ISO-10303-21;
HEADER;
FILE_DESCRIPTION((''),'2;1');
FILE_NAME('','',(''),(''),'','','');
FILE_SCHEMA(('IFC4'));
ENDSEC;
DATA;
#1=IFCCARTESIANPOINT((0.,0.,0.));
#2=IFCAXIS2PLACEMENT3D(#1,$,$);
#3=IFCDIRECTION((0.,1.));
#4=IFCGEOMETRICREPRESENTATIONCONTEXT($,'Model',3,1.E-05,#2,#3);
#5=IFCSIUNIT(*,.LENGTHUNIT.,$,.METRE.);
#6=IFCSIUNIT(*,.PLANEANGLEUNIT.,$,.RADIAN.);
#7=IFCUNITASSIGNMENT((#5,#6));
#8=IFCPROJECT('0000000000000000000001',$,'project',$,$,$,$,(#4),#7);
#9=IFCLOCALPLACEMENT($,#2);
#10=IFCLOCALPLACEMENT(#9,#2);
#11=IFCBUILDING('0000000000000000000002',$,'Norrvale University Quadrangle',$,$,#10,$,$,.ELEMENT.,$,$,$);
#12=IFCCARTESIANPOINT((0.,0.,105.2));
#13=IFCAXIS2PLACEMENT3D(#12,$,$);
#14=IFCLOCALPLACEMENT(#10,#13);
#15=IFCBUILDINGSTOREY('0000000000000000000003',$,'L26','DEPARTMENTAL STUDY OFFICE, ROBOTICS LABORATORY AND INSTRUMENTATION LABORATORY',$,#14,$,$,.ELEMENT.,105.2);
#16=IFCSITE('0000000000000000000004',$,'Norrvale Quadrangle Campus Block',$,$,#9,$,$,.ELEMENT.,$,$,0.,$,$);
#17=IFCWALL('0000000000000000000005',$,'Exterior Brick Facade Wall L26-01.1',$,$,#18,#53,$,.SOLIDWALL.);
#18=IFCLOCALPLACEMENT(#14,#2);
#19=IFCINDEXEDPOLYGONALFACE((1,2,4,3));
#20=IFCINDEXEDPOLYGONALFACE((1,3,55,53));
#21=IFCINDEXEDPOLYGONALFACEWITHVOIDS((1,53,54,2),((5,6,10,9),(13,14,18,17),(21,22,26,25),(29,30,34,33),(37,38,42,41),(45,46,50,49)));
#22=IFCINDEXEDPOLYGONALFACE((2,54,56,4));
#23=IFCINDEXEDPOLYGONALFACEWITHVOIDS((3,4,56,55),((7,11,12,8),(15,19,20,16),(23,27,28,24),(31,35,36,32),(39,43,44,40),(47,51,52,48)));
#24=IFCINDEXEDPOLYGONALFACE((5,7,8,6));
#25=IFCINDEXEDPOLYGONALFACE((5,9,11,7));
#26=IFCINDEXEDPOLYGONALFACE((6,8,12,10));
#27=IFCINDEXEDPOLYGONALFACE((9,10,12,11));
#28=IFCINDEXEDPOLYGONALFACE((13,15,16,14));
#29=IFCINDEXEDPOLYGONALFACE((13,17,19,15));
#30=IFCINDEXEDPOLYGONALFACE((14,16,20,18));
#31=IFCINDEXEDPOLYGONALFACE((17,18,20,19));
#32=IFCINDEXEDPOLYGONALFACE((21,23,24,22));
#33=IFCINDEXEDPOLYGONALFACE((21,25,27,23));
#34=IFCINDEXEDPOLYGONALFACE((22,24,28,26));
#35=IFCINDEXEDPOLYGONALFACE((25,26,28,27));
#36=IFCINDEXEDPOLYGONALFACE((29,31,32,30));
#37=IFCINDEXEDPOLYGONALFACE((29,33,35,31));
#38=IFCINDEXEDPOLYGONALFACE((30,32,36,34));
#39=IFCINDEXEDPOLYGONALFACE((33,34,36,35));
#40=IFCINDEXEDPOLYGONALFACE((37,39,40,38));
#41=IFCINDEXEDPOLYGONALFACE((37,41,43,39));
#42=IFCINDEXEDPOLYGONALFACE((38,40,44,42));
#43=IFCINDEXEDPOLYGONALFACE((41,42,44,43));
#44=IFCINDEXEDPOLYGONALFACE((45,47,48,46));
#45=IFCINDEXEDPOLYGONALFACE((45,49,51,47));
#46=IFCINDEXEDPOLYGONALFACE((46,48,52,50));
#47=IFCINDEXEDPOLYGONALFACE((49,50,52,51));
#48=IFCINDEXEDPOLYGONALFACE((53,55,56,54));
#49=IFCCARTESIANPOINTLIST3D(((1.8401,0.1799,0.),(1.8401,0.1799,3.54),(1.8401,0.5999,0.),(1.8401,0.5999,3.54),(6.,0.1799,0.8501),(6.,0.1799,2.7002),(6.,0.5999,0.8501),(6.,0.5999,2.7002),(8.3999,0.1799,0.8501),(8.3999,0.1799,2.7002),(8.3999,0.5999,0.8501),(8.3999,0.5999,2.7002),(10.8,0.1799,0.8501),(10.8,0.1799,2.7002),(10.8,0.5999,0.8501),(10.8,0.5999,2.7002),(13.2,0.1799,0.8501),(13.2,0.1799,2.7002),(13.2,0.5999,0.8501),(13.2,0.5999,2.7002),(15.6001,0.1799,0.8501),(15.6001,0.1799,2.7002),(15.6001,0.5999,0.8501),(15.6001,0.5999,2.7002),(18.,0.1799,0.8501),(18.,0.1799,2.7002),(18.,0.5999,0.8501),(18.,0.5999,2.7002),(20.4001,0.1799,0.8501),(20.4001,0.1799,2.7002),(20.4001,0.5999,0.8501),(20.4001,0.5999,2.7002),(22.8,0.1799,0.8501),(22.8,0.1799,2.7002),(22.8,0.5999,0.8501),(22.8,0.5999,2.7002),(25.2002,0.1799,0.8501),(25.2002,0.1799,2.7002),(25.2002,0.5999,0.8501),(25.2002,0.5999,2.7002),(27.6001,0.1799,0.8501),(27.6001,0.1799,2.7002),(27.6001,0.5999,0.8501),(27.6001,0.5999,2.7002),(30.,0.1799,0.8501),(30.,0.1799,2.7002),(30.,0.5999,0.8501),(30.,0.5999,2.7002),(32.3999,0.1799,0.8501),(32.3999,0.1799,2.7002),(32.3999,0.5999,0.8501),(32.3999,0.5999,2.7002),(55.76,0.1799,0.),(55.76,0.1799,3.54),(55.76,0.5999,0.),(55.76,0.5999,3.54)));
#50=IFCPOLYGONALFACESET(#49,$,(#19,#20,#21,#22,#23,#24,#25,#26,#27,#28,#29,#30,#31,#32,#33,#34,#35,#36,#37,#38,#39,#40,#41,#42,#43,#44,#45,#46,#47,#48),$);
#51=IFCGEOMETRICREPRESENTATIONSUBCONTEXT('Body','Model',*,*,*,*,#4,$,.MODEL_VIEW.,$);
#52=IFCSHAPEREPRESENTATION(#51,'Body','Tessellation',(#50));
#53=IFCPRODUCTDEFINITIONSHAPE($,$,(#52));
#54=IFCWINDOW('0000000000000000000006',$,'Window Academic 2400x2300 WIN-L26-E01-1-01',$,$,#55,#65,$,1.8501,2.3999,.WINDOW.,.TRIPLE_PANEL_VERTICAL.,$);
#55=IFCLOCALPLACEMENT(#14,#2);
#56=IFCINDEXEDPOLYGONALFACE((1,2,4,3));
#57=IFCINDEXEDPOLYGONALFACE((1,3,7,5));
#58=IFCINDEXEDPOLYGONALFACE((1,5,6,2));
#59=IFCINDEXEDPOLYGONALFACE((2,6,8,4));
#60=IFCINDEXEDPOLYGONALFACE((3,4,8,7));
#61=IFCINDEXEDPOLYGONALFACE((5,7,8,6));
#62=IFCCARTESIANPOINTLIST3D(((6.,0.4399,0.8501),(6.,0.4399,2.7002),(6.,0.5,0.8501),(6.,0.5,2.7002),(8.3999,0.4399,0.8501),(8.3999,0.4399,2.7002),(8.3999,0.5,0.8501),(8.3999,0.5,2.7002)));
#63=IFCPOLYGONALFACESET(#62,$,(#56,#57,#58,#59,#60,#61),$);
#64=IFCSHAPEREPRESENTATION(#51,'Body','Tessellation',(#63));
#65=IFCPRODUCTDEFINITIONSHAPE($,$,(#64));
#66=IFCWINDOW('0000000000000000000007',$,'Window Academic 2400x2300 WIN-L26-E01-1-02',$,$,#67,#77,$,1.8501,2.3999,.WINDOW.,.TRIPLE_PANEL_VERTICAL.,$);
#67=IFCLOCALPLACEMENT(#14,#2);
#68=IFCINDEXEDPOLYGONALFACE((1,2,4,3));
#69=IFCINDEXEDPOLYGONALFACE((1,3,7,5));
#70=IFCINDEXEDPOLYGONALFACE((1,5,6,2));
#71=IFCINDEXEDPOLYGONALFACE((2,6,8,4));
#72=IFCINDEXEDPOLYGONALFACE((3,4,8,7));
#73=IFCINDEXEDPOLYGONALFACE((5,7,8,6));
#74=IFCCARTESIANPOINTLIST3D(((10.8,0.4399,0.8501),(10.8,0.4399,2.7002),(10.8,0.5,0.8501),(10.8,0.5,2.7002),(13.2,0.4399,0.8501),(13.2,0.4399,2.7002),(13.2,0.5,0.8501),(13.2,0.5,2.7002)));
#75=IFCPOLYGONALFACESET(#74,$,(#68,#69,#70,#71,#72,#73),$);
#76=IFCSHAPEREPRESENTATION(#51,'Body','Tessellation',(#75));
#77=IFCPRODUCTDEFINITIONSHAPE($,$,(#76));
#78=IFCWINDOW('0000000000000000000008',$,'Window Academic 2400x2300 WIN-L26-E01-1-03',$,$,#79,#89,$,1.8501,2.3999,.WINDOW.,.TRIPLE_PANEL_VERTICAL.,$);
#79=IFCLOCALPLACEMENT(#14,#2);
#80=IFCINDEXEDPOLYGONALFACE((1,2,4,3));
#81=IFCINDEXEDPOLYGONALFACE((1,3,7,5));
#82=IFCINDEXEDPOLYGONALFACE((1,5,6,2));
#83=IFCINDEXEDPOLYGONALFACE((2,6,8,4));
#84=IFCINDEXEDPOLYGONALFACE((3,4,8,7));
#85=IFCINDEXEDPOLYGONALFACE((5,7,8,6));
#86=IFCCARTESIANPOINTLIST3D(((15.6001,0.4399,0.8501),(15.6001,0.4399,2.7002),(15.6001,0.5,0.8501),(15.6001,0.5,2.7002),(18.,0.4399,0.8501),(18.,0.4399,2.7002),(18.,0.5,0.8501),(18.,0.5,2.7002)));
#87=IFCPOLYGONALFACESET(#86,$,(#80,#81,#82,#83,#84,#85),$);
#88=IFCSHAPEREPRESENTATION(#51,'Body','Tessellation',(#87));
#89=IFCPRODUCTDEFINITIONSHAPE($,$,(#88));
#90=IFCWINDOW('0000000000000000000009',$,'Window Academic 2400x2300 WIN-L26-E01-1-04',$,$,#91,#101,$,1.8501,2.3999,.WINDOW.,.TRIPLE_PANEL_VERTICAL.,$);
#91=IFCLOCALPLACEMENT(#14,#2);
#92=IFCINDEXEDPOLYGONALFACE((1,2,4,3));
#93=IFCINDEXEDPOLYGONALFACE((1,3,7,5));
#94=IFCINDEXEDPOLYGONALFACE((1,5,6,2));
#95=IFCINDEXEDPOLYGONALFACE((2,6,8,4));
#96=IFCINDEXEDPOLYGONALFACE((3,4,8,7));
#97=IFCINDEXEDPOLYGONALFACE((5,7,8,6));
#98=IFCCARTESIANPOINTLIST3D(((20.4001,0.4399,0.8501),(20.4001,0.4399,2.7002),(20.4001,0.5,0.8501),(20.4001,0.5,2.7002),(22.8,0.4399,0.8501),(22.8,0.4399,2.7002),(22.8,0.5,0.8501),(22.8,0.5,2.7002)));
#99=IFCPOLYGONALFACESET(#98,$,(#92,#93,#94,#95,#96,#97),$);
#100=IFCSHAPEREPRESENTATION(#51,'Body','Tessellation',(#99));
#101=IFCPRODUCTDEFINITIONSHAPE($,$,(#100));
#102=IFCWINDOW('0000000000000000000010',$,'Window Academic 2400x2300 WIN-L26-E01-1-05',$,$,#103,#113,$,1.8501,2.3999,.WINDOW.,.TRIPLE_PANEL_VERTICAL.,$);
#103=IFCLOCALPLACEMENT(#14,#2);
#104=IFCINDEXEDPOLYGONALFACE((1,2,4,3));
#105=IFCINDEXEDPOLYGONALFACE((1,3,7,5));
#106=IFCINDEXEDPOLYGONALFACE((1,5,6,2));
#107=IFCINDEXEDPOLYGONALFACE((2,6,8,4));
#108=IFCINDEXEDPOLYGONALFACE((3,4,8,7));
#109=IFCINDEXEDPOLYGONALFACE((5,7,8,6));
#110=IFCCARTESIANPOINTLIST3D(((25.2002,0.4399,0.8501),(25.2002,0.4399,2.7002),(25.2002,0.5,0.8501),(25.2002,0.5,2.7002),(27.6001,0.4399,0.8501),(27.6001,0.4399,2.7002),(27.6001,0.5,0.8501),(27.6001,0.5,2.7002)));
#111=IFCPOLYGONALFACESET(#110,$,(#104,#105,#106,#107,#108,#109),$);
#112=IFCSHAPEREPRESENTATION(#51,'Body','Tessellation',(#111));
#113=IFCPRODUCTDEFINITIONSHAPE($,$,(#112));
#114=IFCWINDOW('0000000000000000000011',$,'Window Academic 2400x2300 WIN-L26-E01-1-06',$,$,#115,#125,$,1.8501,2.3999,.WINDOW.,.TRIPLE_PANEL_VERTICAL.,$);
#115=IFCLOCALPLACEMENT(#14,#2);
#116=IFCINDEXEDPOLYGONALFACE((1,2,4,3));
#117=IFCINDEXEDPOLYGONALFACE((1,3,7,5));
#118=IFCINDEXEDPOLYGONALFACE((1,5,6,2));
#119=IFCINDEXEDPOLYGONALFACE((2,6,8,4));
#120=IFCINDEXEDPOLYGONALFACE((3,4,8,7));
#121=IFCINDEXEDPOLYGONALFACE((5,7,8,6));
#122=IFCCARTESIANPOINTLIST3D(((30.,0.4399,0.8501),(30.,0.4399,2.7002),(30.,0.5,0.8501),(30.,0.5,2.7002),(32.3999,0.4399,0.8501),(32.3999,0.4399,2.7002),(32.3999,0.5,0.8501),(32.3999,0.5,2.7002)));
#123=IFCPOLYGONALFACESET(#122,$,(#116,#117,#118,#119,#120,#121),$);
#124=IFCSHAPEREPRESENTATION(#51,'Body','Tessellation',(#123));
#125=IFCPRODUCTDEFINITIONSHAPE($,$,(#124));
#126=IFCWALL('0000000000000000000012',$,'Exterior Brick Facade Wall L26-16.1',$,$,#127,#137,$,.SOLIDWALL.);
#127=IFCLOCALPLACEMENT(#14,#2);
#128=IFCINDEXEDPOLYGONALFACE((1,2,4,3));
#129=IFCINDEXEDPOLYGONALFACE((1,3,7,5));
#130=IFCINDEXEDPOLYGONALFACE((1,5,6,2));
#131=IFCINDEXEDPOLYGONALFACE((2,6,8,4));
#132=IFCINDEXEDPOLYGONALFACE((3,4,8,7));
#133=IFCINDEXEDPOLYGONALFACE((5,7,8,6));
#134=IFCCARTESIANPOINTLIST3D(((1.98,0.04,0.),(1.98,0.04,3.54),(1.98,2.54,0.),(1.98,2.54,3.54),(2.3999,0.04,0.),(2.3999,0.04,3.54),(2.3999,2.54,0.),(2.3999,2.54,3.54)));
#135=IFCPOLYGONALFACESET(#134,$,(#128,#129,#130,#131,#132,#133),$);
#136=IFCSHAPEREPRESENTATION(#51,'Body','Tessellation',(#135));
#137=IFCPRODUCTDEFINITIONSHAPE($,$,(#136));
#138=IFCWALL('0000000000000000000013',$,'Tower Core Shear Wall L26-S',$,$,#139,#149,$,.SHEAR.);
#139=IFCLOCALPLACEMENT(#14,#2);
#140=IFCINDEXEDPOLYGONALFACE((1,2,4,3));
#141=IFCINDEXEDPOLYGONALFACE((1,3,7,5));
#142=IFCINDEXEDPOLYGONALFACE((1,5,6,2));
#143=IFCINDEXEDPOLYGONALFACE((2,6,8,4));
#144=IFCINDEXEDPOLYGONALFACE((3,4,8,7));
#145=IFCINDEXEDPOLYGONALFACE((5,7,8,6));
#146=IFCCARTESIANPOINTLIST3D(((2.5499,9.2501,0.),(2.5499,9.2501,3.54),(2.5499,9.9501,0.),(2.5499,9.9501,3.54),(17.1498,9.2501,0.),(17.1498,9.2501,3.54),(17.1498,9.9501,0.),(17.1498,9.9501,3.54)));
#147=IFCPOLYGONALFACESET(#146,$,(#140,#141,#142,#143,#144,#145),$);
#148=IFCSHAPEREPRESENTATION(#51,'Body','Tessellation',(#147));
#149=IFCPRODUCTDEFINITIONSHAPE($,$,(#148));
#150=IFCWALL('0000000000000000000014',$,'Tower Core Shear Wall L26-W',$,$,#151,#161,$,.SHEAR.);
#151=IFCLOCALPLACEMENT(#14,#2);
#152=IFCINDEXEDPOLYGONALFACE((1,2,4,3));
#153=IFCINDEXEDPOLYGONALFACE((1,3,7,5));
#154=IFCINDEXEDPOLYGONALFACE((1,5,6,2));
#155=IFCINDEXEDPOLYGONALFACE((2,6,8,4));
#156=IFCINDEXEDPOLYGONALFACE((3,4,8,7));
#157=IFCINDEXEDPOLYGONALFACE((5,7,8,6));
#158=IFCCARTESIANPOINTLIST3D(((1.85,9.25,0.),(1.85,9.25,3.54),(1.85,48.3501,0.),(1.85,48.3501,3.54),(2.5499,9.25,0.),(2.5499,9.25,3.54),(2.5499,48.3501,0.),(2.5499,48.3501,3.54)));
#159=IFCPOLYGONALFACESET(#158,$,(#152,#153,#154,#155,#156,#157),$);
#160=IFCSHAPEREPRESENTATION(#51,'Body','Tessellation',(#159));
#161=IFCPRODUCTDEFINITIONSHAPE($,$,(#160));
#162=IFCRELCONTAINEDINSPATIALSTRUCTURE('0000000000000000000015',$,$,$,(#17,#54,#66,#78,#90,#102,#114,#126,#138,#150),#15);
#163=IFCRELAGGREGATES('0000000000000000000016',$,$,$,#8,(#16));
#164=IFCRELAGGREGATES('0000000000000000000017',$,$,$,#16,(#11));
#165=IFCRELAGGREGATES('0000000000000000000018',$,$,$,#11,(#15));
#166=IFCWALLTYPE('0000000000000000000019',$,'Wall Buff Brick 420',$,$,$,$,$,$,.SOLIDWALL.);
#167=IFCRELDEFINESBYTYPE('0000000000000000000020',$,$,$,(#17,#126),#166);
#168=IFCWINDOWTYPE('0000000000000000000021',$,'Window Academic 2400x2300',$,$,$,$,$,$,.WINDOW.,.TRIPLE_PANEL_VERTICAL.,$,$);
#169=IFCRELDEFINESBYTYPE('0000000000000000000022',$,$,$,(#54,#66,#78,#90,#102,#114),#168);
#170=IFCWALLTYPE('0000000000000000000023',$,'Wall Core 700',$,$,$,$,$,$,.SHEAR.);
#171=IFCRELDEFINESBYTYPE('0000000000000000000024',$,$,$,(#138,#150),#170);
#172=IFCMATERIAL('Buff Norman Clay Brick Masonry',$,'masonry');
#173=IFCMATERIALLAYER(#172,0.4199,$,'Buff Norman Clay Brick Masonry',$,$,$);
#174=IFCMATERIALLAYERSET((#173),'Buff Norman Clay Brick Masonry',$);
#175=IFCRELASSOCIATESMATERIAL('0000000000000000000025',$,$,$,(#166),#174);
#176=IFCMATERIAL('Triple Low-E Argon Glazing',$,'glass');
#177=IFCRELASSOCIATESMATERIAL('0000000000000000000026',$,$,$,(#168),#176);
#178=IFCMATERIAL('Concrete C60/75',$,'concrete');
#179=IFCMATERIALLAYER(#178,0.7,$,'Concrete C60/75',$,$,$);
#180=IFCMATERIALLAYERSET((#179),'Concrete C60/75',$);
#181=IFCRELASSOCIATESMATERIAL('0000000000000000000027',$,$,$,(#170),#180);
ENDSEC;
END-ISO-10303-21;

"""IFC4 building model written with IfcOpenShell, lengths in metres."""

from ifc_helpers import new_model, si_unit, direction, frame, frame_2d, origin, place, context, subcontext, project, spatial, rectangle, extrude, material, layer, layer_set, type_object, element, fill, save


model = new_model("IFC4")

# Units and contexts
model_context = context("Model", 3, precision=1e-05, world=origin(), true_north=direction((0.0, 1.0)))
body_context = subcontext(model_context, "Body", "Model", "MODEL_VIEW")
ifc_project = project(units=[si_unit("LENGTHUNIT", "METRE"), si_unit("PLANEANGLEUNIT", "RADIAN")], contexts=[model_context])

# Site, building, storey
site_placement = place(None, origin())
site = spatial("IfcSite", under=ifc_project, at=site_placement, Name="Norrvale Quadrangle Campus Block", CompositionType="ELEMENT", RefElevation=0.0)
building_placement = place(site_placement, origin())
building = spatial("IfcBuilding", under=site, at=building_placement, Name="Norrvale University Quadrangle", CompositionType="ELEMENT")
storey_placement = place(building_placement, frame((0.0, 0.0, 105.2)))
storey = spatial("IfcBuildingStorey", under=building, at=storey_placement, Name="L26", Description="DEPARTMENTAL STUDY OFFICE, ROBOTICS LABORATORY AND INSTRUMENTATION LABORATORY", CompositionType="ELEMENT", Elevation=105.2)

# Shared definitions
ifc_material_1 = material(Name="Concrete C60/75", Category="concrete")

# Wall, openings, windows
ifc_material_2 = material(Name="Buff Norman Clay Brick Masonry", Category="masonry")
ifc_layer_1 = layer(ifc_material_2, 0.4199, Name="Buff Norman Clay Brick Masonry")
ifc_layer_set_1 = layer_set([ifc_layer_1], Name="Buff Norman Clay Brick Masonry")
wall_type_1 = type_object("IfcWallType", Name="Wall Buff Brick 420", PredefinedType="SOLIDWALL", material=ifc_layer_set_1)
wall_1_placement = place(storey_placement, frame((1.8401, 0.3899, 0.0), z_axis=(0.0, 0.0, 1.0), x_axis=(1.0, 0.0, 0.0)))
wall_1 = element("IfcWall", 1, at=wall_1_placement, inside=storey, type_object=wall_type_1, Name="Exterior Brick Facade Wall L26-01.1", PredefinedType="SOLIDWALL", context=body_context, shape_type="SweptSolid", body=[
    extrude(rectangle(XDim=53.9199, YDim=0.4199, at=frame_2d((26.96, 0.0))), origin(), (0.0, 0.0, 1.0), 3.54),
])
opening_1_placement = place(wall_1_placement, frame((4.1599, 0.0, 0.8501)))
opening_1 = element("IfcOpeningElement", 2, at=opening_1_placement, cuts=wall_1, PredefinedType="OPENING", context=body_context, shape_type="SweptSolid", body=[
    extrude(rectangle(XDim=2.3999, YDim=1.8501, at=frame_2d((1.2, 0.925))), frame((0.0, 0.2219, 0.0), z_axis=(0.0, -1.0, 0.0), x_axis=(1.0, 0.0, 0.0)), (0.0, 0.0, 1.0), 0.4438),
])
opening_2_placement = place(wall_1_placement, frame((8.96, 0.0, 0.8501)))
opening_2 = element("IfcOpeningElement", 3, at=opening_2_placement, cuts=wall_1, PredefinedType="OPENING", context=body_context, shape_type="SweptSolid", body=[
    extrude(rectangle(XDim=2.3999, YDim=1.8501, at=frame_2d((1.2, 0.925))), frame((0.0, 0.2219, 0.0), z_axis=(0.0, -1.0, 0.0), x_axis=(1.0, 0.0, 0.0)), (0.0, 0.0, 1.0), 0.4438),
])
opening_3_placement = place(wall_1_placement, frame((13.76, 0.0, 0.8501)))
opening_3 = element("IfcOpeningElement", 4, at=opening_3_placement, cuts=wall_1, PredefinedType="OPENING", context=body_context, shape_type="SweptSolid", body=[
    extrude(rectangle(XDim=2.3999, YDim=1.8501, at=frame_2d((1.2, 0.925))), frame((0.0, 0.2219, 0.0), z_axis=(0.0, -1.0, 0.0), x_axis=(1.0, 0.0, 0.0)), (0.0, 0.0, 1.0), 0.4438),
])
opening_4_placement = place(wall_1_placement, frame((18.5601, 0.0, 0.8501)))
opening_4 = element("IfcOpeningElement", 5, at=opening_4_placement, cuts=wall_1, PredefinedType="OPENING", context=body_context, shape_type="SweptSolid", body=[
    extrude(rectangle(XDim=2.3999, YDim=1.8501, at=frame_2d((1.2, 0.925))), frame((0.0, 0.2219, 0.0), z_axis=(0.0, -1.0, 0.0), x_axis=(1.0, 0.0, 0.0)), (0.0, 0.0, 1.0), 0.4438),
])
opening_5_placement = place(wall_1_placement, frame((23.3601, 0.0, 0.8501)))
opening_5 = element("IfcOpeningElement", 6, at=opening_5_placement, cuts=wall_1, PredefinedType="OPENING", context=body_context, shape_type="SweptSolid", body=[
    extrude(rectangle(XDim=2.3999, YDim=1.8501, at=frame_2d((1.2, 0.925))), frame((0.0, 0.2219, 0.0), z_axis=(0.0, -1.0, 0.0), x_axis=(1.0, 0.0, 0.0)), (0.0, 0.0, 1.0), 0.4438),
])
opening_6_placement = place(wall_1_placement, frame((28.1599, 0.0, 0.8501)))
opening_6 = element("IfcOpeningElement", 7, at=opening_6_placement, cuts=wall_1, PredefinedType="OPENING", context=body_context, shape_type="SweptSolid", body=[
    extrude(rectangle(XDim=2.3999, YDim=1.8501, at=frame_2d((1.2, 0.925))), frame((0.0, 0.2219, 0.0), z_axis=(0.0, -1.0, 0.0), x_axis=(1.0, 0.0, 0.0)), (0.0, 0.0, 1.0), 0.4438),
])
ifc_material_3 = material(Name="Triple Low-E Argon Glazing", Category="glass")
window_type = type_object("IfcWindowType", Name="Window Academic 2400x2300", PartitioningType="TRIPLE_PANEL_VERTICAL", PredefinedType="WINDOW", material=ifc_material_3)
window_1_placement = place(opening_1_placement, origin())
window_1 = element("IfcWindow", 8, at=window_1_placement, inside=storey, type_object=window_type, Name="Window Academic 2400x2300 WIN-L26-E01-1-01", OverallHeight=1.8501, OverallWidth=2.3999, PartitioningType="TRIPLE_PANEL_VERTICAL", PredefinedType="WINDOW", context=body_context, shape_type="SweptSolid", body=[
    extrude(rectangle(XDim=2.3999, YDim=1.8501, at=frame_2d((1.2, 0.925))), frame((0.0, 0.1101, 0.0), z_axis=(0.0, -1.0, 0.0), x_axis=(1.0, 0.0, 0.0)), (0.0, 0.0, 1.0), 0.0601),
])
fill(opening_1, window_1)
window_2_placement = place(opening_2_placement, origin())
window_2 = element("IfcWindow", 9, at=window_2_placement, inside=storey, type_object=window_type, Name="Window Academic 2400x2300 WIN-L26-E01-1-02", OverallHeight=1.8501, OverallWidth=2.3999, PartitioningType="TRIPLE_PANEL_VERTICAL", PredefinedType="WINDOW", context=body_context, shape_type="SweptSolid", body=[
    extrude(rectangle(XDim=2.3999, YDim=1.8501, at=frame_2d((1.2, 0.925))), frame((0.0, 0.1101, 0.0), z_axis=(0.0, -1.0, 0.0), x_axis=(1.0, 0.0, 0.0)), (0.0, 0.0, 1.0), 0.0601),
])
fill(opening_2, window_2)
window_3_placement = place(opening_3_placement, origin())
window_3 = element("IfcWindow", 10, at=window_3_placement, inside=storey, type_object=window_type, Name="Window Academic 2400x2300 WIN-L26-E01-1-03", OverallHeight=1.8501, OverallWidth=2.3999, PartitioningType="TRIPLE_PANEL_VERTICAL", PredefinedType="WINDOW", context=body_context, shape_type="SweptSolid", body=[
    extrude(rectangle(XDim=2.3999, YDim=1.8501, at=frame_2d((1.2, 0.925))), frame((0.0, 0.1101, 0.0), z_axis=(0.0, -1.0, 0.0), x_axis=(1.0, 0.0, 0.0)), (0.0, 0.0, 1.0), 0.0601),
])
fill(opening_3, window_3)
window_4_placement = place(opening_4_placement, origin())
window_4 = element("IfcWindow", 11, at=window_4_placement, inside=storey, type_object=window_type, Name="Window Academic 2400x2300 WIN-L26-E01-1-04", OverallHeight=1.8501, OverallWidth=2.3999, PartitioningType="TRIPLE_PANEL_VERTICAL", PredefinedType="WINDOW", context=body_context, shape_type="SweptSolid", body=[
    extrude(rectangle(XDim=2.3999, YDim=1.8501, at=frame_2d((1.2, 0.925))), frame((0.0, 0.1101, 0.0), z_axis=(0.0, -1.0, 0.0), x_axis=(1.0, 0.0, 0.0)), (0.0, 0.0, 1.0), 0.0601),
])
fill(opening_4, window_4)
window_5_placement = place(opening_5_placement, origin())
window_5 = element("IfcWindow", 12, at=window_5_placement, inside=storey, type_object=window_type, Name="Window Academic 2400x2300 WIN-L26-E01-1-05", OverallHeight=1.8501, OverallWidth=2.3999, PartitioningType="TRIPLE_PANEL_VERTICAL", PredefinedType="WINDOW", context=body_context, shape_type="SweptSolid", body=[
    extrude(rectangle(XDim=2.3999, YDim=1.8501, at=frame_2d((1.2, 0.925))), frame((0.0, 0.1101, 0.0), z_axis=(0.0, -1.0, 0.0), x_axis=(1.0, 0.0, 0.0)), (0.0, 0.0, 1.0), 0.0601),
])
fill(opening_5, window_5)
window_6_placement = place(opening_6_placement, origin())
window_6 = element("IfcWindow", 13, at=window_6_placement, inside=storey, type_object=window_type, Name="Window Academic 2400x2300 WIN-L26-E01-1-06", OverallHeight=1.8501, OverallWidth=2.3999, PartitioningType="TRIPLE_PANEL_VERTICAL", PredefinedType="WINDOW", context=body_context, shape_type="SweptSolid", body=[
    extrude(rectangle(XDim=2.3999, YDim=1.8501, at=frame_2d((1.2, 0.925))), frame((0.0, 0.1101, 0.0), z_axis=(0.0, -1.0, 0.0), x_axis=(1.0, 0.0, 0.0)), (0.0, 0.0, 1.0), 0.0601),
])
fill(opening_6, window_6)

# Walls
wall_2_placement = place(storey_placement, frame((2.1899, 2.54, 0.0), z_axis=(0.0, 0.0, 1.0), x_axis=(0.0, -1.0, 0.0)))
element("IfcWall", 14, at=wall_2_placement, inside=storey, type_object=wall_type_1, Name="Exterior Brick Facade Wall L26-16.1", PredefinedType="SOLIDWALL", context=body_context, shape_type="SweptSolid", body=[
    extrude(rectangle(XDim=2.5, YDim=0.4199, at=frame_2d((1.25, 0.0))), origin(), (0.0, 0.0, 1.0), 3.54),
])
ifc_layer_2 = layer(ifc_material_1, 0.7, Name="Concrete C60/75")
ifc_layer_set_2 = layer_set([ifc_layer_2], Name="Concrete C60/75")
wall_type_2 = type_object("IfcWallType", Name="Wall Core 700", PredefinedType="SHEAR", material=ifc_layer_set_2)
wall_3_placement = place(storey_placement, frame((2.55, 9.6001, 0.0), z_axis=(0.0, 0.0, 1.0), x_axis=(1.0, 0.0, 0.0)))
element("IfcWall", 15, at=wall_3_placement, inside=storey, type_object=wall_type_2, Name="Tower Core Shear Wall L26-S", PredefinedType="SHEAR", context=body_context, shape_type="SweptSolid", body=[
    extrude(rectangle(XDim=14.5999, YDim=0.7, at=frame_2d((7.2998, 0.0))), origin(), (0.0, 0.0, 1.0), 3.54),
])
wall_4_placement = place(storey_placement, frame((2.2, 9.25, 0.0), z_axis=(0.0, 0.0, 1.0), x_axis=(0.0, 1.0, 0.0)))
element("IfcWall", 16, at=wall_4_placement, inside=storey, type_object=wall_type_2, Name="Tower Core Shear Wall L26-W", PredefinedType="SHEAR", context=body_context, shape_type="SweptSolid", body=[
    extrude(rectangle(XDim=39.1001, YDim=0.7, at=frame_2d((19.55, 0.0))), origin(), (0.0, 0.0, 1.0), 3.54),
])

save(model, "model.ifc")
